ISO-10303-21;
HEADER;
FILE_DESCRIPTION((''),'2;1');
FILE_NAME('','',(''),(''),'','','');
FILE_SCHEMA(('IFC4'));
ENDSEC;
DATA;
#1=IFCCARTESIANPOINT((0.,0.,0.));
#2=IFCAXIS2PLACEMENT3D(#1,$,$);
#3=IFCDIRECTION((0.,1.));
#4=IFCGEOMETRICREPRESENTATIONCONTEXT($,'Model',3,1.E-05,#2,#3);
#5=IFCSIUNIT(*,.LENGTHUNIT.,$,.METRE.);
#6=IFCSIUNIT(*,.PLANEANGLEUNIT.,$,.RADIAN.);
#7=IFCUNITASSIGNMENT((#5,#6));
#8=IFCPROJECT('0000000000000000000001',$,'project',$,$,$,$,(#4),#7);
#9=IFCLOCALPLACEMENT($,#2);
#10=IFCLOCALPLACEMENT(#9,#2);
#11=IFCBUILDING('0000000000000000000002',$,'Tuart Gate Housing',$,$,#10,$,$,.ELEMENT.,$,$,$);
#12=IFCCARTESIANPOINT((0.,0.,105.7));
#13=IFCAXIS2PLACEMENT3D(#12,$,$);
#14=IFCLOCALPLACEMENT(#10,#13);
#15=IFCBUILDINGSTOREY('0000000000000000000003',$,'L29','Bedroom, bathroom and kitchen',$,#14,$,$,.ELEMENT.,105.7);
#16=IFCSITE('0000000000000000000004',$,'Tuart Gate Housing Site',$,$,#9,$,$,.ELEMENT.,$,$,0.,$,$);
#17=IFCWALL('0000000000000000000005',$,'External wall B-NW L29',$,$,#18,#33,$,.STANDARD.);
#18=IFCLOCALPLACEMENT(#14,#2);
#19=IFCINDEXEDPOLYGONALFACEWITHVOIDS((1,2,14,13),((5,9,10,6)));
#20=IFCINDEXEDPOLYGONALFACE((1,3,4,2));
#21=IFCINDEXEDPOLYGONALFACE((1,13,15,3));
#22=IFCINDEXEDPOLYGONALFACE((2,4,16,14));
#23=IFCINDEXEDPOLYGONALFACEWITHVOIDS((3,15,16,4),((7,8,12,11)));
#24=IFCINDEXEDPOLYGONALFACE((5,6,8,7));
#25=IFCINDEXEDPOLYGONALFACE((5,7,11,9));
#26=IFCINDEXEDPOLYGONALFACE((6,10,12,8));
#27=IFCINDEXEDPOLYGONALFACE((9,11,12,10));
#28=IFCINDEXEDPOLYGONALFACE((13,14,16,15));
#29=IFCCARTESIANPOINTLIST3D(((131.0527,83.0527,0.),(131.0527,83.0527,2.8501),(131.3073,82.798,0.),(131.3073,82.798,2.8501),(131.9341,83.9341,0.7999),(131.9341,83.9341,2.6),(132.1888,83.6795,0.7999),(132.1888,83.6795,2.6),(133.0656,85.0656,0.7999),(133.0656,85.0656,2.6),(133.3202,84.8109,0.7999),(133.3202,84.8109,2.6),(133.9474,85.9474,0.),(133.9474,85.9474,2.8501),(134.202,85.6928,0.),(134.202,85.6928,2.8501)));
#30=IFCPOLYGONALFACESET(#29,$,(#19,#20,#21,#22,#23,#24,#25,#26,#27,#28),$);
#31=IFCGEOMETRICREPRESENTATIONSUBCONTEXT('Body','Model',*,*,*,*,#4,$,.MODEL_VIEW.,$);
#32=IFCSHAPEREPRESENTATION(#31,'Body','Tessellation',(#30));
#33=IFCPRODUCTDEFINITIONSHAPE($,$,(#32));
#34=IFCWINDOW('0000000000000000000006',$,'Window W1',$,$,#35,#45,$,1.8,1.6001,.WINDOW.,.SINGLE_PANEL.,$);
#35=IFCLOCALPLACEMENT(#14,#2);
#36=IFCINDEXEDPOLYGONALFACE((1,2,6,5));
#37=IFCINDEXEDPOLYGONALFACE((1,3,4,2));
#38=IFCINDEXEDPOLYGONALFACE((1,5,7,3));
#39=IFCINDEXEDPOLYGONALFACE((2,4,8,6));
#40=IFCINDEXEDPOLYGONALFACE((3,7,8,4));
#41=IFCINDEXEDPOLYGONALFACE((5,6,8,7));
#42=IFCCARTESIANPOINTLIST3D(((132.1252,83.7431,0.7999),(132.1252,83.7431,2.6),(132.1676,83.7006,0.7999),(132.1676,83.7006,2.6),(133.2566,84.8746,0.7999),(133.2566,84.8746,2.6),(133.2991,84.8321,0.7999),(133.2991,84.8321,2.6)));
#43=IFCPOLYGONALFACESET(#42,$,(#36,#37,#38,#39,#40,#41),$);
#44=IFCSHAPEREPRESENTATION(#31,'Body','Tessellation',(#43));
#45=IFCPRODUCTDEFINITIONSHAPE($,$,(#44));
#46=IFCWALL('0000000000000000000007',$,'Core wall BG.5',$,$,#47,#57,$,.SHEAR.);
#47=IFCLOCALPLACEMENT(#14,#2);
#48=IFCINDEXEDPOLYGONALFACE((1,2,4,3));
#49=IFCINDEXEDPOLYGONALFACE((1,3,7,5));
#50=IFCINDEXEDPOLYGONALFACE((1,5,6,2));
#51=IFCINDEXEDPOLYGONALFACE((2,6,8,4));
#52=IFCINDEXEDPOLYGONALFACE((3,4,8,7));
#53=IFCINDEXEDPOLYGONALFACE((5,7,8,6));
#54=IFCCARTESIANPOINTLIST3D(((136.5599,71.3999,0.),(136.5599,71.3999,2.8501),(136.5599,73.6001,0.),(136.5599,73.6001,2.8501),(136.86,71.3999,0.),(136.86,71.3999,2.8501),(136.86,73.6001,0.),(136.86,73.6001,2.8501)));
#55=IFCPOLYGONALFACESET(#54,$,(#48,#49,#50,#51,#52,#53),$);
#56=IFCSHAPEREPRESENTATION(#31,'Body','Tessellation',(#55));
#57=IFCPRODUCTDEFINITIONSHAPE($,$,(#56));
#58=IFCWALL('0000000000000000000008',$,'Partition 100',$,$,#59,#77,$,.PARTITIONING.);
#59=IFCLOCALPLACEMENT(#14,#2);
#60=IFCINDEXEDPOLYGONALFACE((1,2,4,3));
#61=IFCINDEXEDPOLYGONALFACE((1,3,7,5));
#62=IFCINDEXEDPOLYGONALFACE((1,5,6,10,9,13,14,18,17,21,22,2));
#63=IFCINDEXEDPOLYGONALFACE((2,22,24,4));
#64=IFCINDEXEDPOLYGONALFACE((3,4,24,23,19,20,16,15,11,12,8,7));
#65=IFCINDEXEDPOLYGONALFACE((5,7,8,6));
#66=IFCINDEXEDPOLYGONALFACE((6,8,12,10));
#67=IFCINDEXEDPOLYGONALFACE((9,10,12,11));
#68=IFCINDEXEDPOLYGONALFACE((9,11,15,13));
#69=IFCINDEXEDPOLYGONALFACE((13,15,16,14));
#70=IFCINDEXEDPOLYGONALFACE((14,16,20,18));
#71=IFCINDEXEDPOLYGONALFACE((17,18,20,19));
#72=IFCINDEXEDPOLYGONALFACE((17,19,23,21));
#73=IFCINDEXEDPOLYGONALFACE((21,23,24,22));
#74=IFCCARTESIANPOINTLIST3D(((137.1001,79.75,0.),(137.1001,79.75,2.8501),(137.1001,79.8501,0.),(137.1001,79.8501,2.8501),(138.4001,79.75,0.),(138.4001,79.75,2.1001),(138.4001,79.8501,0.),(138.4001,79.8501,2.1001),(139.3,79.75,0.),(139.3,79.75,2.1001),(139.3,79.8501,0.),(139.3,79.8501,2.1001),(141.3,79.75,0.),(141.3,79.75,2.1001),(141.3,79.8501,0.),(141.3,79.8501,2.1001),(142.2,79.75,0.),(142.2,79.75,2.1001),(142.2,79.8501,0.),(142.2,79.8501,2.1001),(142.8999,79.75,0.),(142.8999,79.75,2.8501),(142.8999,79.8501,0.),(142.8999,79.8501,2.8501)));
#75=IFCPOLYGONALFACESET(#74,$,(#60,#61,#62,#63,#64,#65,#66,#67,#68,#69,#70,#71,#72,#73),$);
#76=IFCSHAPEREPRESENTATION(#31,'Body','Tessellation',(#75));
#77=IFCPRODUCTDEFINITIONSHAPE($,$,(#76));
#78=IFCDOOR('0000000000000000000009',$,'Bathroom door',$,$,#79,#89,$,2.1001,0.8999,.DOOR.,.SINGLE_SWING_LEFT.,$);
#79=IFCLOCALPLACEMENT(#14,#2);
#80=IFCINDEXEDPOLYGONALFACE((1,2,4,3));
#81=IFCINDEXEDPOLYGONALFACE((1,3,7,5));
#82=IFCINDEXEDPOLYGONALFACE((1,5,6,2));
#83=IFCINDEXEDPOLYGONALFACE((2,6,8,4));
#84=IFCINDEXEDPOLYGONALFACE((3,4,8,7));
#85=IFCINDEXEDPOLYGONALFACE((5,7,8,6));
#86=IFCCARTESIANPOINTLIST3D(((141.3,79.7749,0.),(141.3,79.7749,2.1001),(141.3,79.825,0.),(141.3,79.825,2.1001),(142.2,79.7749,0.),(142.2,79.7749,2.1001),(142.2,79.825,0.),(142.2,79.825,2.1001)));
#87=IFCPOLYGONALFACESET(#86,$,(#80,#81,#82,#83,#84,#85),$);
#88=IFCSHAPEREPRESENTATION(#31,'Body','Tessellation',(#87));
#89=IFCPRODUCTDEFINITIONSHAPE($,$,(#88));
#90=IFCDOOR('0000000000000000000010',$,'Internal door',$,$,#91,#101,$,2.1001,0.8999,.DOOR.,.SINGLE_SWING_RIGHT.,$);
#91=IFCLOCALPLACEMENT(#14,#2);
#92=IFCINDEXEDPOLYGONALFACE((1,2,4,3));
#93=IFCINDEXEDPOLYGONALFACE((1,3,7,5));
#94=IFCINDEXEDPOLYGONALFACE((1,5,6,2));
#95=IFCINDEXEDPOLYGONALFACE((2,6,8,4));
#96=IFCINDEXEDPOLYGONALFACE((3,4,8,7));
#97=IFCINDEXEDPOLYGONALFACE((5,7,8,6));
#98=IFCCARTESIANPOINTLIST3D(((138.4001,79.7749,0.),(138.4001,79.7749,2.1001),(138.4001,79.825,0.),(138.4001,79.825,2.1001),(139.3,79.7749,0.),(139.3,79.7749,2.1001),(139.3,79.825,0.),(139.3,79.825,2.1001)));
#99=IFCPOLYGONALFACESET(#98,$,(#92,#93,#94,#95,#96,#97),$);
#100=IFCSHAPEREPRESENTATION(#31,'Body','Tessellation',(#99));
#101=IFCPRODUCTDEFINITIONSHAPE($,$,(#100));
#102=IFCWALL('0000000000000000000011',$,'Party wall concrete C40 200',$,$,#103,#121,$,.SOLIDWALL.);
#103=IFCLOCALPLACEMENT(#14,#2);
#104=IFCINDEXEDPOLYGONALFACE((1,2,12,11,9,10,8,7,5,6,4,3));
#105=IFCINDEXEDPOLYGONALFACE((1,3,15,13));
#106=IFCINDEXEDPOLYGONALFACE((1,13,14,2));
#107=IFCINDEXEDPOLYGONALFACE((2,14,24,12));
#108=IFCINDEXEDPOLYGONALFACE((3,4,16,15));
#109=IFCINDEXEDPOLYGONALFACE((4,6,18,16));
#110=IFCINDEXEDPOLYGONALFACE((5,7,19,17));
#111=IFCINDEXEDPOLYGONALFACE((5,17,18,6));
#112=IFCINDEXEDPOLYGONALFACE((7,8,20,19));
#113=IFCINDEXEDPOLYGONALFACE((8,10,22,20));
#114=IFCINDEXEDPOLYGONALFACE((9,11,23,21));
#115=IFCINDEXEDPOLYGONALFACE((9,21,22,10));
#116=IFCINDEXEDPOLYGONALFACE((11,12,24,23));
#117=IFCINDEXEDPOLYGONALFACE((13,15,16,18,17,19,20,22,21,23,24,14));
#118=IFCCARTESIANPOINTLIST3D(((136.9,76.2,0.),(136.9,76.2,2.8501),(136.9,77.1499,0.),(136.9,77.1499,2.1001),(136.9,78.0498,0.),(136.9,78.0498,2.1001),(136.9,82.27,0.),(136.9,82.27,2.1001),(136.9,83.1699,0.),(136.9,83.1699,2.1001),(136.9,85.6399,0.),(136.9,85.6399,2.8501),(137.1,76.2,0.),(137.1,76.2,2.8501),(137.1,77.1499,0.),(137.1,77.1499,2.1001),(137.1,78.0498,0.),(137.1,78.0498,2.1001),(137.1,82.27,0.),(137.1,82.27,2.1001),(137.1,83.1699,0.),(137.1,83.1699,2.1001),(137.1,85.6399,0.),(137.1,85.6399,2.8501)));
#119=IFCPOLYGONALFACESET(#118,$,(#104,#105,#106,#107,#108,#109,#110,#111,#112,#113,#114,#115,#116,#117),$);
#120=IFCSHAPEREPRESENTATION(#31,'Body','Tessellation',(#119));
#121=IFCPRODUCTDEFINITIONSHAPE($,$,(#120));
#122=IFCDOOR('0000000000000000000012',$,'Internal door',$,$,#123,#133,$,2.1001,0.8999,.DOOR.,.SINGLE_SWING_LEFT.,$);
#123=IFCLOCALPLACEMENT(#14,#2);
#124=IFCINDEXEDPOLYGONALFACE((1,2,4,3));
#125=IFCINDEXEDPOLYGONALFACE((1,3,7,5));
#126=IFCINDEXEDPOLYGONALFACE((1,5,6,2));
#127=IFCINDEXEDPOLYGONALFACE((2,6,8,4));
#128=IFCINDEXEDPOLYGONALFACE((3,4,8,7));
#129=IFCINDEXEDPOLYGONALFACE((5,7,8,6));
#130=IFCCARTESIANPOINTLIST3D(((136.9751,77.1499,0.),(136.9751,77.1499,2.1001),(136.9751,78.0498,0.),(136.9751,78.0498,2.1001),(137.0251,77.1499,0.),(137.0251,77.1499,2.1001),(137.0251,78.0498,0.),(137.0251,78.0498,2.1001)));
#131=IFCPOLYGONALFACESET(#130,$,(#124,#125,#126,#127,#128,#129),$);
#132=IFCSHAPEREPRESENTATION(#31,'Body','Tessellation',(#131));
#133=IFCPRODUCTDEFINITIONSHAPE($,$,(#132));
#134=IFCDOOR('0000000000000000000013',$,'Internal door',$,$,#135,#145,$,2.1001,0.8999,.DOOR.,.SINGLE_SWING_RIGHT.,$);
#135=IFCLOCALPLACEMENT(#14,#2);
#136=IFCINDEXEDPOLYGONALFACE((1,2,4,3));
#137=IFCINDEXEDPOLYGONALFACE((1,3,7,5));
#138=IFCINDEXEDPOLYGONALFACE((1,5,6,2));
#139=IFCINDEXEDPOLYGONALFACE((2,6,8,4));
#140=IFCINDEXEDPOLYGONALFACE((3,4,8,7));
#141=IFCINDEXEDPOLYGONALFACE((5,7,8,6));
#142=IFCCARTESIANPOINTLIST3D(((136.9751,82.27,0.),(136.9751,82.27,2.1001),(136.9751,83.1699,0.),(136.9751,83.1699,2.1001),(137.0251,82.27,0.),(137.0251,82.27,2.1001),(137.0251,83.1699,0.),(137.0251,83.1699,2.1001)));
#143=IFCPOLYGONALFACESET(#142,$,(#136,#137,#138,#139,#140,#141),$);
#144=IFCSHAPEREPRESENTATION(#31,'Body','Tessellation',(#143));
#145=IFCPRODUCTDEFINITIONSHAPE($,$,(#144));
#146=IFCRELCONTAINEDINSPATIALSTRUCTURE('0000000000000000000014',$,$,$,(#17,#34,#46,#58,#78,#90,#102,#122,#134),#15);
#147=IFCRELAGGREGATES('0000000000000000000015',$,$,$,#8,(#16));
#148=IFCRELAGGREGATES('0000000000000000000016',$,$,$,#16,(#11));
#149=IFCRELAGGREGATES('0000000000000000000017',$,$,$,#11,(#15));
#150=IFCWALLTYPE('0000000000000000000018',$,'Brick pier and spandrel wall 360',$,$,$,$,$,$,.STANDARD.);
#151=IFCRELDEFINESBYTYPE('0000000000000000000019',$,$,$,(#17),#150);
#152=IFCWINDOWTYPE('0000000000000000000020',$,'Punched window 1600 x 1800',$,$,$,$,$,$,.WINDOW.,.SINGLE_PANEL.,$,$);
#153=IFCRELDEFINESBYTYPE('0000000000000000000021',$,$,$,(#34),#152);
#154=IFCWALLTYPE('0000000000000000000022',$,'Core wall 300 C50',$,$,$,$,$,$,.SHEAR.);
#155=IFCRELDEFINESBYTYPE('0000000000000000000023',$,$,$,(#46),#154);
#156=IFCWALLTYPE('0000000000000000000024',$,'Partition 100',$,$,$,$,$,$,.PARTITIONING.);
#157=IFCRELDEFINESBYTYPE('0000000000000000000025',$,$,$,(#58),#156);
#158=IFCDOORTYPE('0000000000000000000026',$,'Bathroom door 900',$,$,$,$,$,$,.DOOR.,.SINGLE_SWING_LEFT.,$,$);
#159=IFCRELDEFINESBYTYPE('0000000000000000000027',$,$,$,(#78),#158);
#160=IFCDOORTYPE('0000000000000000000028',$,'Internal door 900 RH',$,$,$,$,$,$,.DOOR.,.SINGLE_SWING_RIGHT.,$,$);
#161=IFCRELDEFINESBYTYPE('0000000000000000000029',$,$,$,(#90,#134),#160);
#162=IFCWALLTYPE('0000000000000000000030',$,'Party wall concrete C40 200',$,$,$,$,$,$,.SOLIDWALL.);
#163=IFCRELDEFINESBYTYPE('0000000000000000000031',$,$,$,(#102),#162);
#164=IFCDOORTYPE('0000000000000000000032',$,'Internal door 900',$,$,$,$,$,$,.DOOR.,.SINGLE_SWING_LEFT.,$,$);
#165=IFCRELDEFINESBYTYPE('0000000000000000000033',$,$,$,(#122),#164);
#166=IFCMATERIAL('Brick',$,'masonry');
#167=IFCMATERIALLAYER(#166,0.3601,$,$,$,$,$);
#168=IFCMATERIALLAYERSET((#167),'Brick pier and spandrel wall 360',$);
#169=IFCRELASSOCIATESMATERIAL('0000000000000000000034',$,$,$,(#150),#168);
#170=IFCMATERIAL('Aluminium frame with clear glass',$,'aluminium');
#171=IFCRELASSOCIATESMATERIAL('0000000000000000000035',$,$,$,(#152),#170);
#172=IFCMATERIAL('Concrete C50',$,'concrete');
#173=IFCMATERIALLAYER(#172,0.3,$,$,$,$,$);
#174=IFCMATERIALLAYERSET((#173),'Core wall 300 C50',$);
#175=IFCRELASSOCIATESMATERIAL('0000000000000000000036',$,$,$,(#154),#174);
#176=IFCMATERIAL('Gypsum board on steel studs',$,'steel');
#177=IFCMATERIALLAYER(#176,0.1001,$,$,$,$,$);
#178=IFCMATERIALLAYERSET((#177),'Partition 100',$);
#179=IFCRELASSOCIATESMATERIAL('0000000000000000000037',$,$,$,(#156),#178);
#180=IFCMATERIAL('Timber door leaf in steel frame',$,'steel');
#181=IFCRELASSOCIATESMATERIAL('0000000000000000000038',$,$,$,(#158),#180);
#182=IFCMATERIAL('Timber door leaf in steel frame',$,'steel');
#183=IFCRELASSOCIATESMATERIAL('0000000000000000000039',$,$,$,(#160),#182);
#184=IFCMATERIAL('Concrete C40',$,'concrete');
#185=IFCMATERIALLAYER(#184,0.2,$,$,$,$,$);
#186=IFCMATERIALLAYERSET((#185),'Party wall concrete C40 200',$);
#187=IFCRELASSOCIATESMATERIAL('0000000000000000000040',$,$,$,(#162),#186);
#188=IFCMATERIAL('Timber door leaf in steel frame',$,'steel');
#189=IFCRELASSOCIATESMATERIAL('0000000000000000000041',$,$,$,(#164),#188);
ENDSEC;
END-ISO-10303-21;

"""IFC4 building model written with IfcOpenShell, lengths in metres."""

from ifc_helpers import new_model, si_unit, direction, frame, frame_2d, origin, place, context, subcontext, project, spatial, rectangle, extrude, material, layer, layer_set, type_object, element, fill, save


model = new_model("IFC4")

# Units and contexts
model_context = context("Model", 3, precision=1e-05, world=origin(), true_north=direction((0.0, 1.0)))
body_context = subcontext(model_context, "Body", "Model", "MODEL_VIEW")
ifc_project = project(units=[si_unit("LENGTHUNIT", "METRE"), si_unit("PLANEANGLEUNIT", "RADIAN")], contexts=[model_context])

# Site, building, storey
site_placement = place(None, origin())
site = spatial("IfcSite", under=ifc_project, at=site_placement, Name="Tuart Gate Housing Site", CompositionType="ELEMENT", RefElevation=0.0)
building_placement = place(site_placement, origin())
building = spatial("IfcBuilding", under=site, at=building_placement, Name="Tuart Gate Housing", CompositionType="ELEMENT")
storey_placement = place(building_placement, frame((0.0, 0.0, 105.7)))
storey = spatial("IfcBuildingStorey", under=building, at=storey_placement, Name="L29", Description="Bedroom, bathroom and kitchen", CompositionType="ELEMENT", Elevation=105.7)

# Wall, opening, window
ifc_material_1 = material(Name="Brick", Category="masonry")
ifc_layer_1 = layer(ifc_material_1, 0.3601)
ifc_layer_set_1 = layer_set([ifc_layer_1], Name="Brick pier and spandrel wall 360")
wall_type_1 = type_object("IfcWallType", Name="Brick pier and spandrel wall 360", PredefinedType="STANDARD", material=ifc_layer_set_1)
wall_1_placement = place(storey_placement, frame((134.0747, 85.8201, 0.0), z_axis=(0.0, 0.0, 1.0), x_axis=(-0.707107, -0.707107, 0.0)))
wall_1 = element("IfcWall", 1, at=wall_1_placement, inside=storey, type_object=wall_type_1, Name="External wall B-NW L29", PredefinedType="STANDARD", context=body_context, shape_type="SweptSolid", body=[
    extrude(rectangle(XDim=4.0938, YDim=0.3601, at=frame_2d((2.0469, 0.0))), origin(), (0.0, 0.0, 1.0), 2.8501),
])
opening_1_placement = place(wall_1_placement, frame((1.2471, 0.0, 0.8)))
opening_1 = element("IfcOpeningElement", 2, at=opening_1_placement, cuts=wall_1, PredefinedType="OPENING", context=body_context, shape_type="SweptSolid", body=[
    extrude(rectangle(XDim=1.6001, YDim=1.8, at=frame_2d((0.8, 0.8999))), frame((0.0, 0.1899, 0.0), z_axis=(0.0, -1.0, 0.0), x_axis=(1.0, 0.0, 0.0)), (0.0, 0.0, 1.0), 0.3801),
])
ifc_material_2 = material(Name="Aluminium frame with clear glass", Category="aluminium")
window_type = type_object("IfcWindowType", Name="Punched window 1600 x 1800", PartitioningType="SINGLE_PANEL", PredefinedType="WINDOW", material=ifc_material_2)
window_placement = place(opening_1_placement, origin())
window = element("IfcWindow", 3, at=window_placement, inside=storey, type_object=window_type, Name="Window W1", OverallHeight=1.8, OverallWidth=1.6001, PartitioningType="SINGLE_PANEL", PredefinedType="WINDOW", context=body_context, shape_type="SweptSolid", body=[
    extrude(rectangle(XDim=1.6001, YDim=1.8, at=frame_2d((0.8, 0.8999))), frame((0.0, 0.1501, 0.0), z_axis=(0.0, -1.0, 0.0), x_axis=(1.0, 0.0, 0.0)), (0.0, 0.0, 1.0), 0.0601),
])
fill(opening_1, window)

# Wall
ifc_material_3 = material(Name="Concrete C50", Category="concrete")
ifc_layer_2 = layer(ifc_material_3, 0.3)
ifc_layer_set_2 = layer_set([ifc_layer_2], Name="Core wall 300 C50")
wall_type_2 = type_object("IfcWallType", Name="Core wall 300 C50", PredefinedType="SHEAR", material=ifc_layer_set_2)
wall_2_placement = place(storey_placement, frame((136.71, 71.3999, 0.0), z_axis=(0.0, 0.0, 1.0), x_axis=(0.0, 1.0, 0.0)))
element("IfcWall", 4, at=wall_2_placement, inside=storey, type_object=wall_type_2, Name="Core wall BG.5", PredefinedType="SHEAR", context=body_context, shape_type="SweptSolid", body=[
    extrude(rectangle(XDim=2.2002, YDim=0.3, at=frame_2d((1.1001, 0.0))), origin(), (0.0, 0.0, 1.0), 2.8501),
])

# Walls, openings, doors
ifc_material_4 = material(Name="Gypsum board on steel studs", Category="steel")
ifc_layer_3 = layer(ifc_material_4, 0.1001)
ifc_layer_set_3 = layer_set([ifc_layer_3], Name="Partition 100")
wall_type_3 = type_object("IfcWallType", Name="Partition 100", PredefinedType="PARTITIONING", material=ifc_layer_set_3)
wall_3_placement = place(storey_placement, frame((137.1001, 79.8, 0.0), z_axis=(0.0, 0.0, 1.0), x_axis=(1.0, 0.0, 0.0)))
wall_3 = element("IfcWall", 5, at=wall_3_placement, inside=storey, type_object=wall_type_3, Name="Partition 100", PredefinedType="PARTITIONING", context=body_context, shape_type="SweptSolid", body=[
    extrude(rectangle(XDim=5.7998, YDim=0.1001, at=frame_2d((2.8999, 0.0))), origin(), (0.0, 0.0, 1.0), 2.8501),
])
opening_2_placement = place(wall_3_placement, frame((1.3, 0.0, 0.0)))
opening_2 = element("IfcOpeningElement", 6, at=opening_2_placement, cuts=wall_3, PredefinedType="OPENING", context=body_context, shape_type="SweptSolid", body=[
    extrude(rectangle(XDim=0.8999, YDim=2.1001, at=frame_2d((0.45, 1.05))), frame((0.0, 0.0601, 0.0), z_axis=(0.0, -1.0, 0.0), x_axis=(1.0, 0.0, 0.0)), (0.0, 0.0, 1.0), 0.1201),
])
opening_3_placement = place(wall_3_placement, frame((4.2, 0.0, 0.0)))
opening_3 = element("IfcOpeningElement", 7, at=opening_3_placement, cuts=wall_3, PredefinedType="OPENING", context=body_context, shape_type="SweptSolid", body=[
    extrude(rectangle(XDim=0.8999, YDim=2.1001, at=frame_2d((0.45, 1.05))), frame((0.0, 0.0601, 0.0), z_axis=(0.0, -1.0, 0.0), x_axis=(1.0, 0.0, 0.0)), (0.0, 0.0, 1.0), 0.1201),
])
ifc_material_5 = material(Name="Timber door leaf in steel frame", Category="steel")
door_type_1 = type_object("IfcDoorType", Name="Bathroom door 900", OperationType="SINGLE_SWING_LEFT", PredefinedType="DOOR", material=ifc_material_5)
door_1_placement = place(opening_3_placement, origin())
door_1 = element("IfcDoor", 8, at=door_1_placement, inside=storey, type_object=door_type_1, Name="Bathroom door", OperationType="SINGLE_SWING_LEFT", OverallHeight=2.1001, OverallWidth=0.8999, PredefinedType="DOOR", context=body_context, shape_type="SweptSolid", body=[
    extrude(rectangle(XDim=0.8999, YDim=2.1001, at=frame_2d((0.45, 1.05))), frame((0.0, 0.0249, 0.0), z_axis=(0.0, -1.0, 0.0), x_axis=(1.0, 0.0, 0.0)), (0.0, 0.0, 1.0), 0.05),
])
fill(opening_3, door_1)
ifc_material_6 = material(Name="Timber door leaf in steel frame", Category="steel")
door_type_2 = type_object("IfcDoorType", Name="Internal door 900 RH", OperationType="SINGLE_SWING_RIGHT", PredefinedType="DOOR", material=ifc_material_6)
door_2_placement = place(opening_2_placement, frame((0.8999, 0.0, 0.0), z_axis=(0.0, 0.0, 1.0), x_axis=(-1.0, 0.0, 0.0)))
door_2 = element("IfcDoor", 9, at=door_2_placement, inside=storey, type_object=door_type_2, Name="Internal door", OperationType="SINGLE_SWING_RIGHT", OverallHeight=2.1001, OverallWidth=0.8999, PredefinedType="DOOR", context=body_context, shape_type="SweptSolid", body=[
    extrude(rectangle(XDim=0.8999, YDim=2.1001, at=frame_2d((0.45, 1.05))), frame((0.0, 0.0251, 0.0), z_axis=(0.0, -1.0, 0.0), x_axis=(1.0, 0.0, 0.0)), (0.0, 0.0, 1.0), 0.05),
])
fill(opening_2, door_2)
ifc_material_7 = material(Name="Concrete C40", Category="concrete")
ifc_layer_4 = layer(ifc_material_7, 0.2)
ifc_layer_set_4 = layer_set([ifc_layer_4], Name="Party wall concrete C40 200")
wall_type_4 = type_object("IfcWallType", Name="Party wall concrete C40 200", PredefinedType="SOLIDWALL", material=ifc_layer_set_4)
wall_4_placement = place(storey_placement, frame((137.0, 76.2, 0.0), z_axis=(0.0, 0.0, 1.0), x_axis=(0.0, 1.0, 0.0)))
wall_4 = element("IfcWall", 10, at=wall_4_placement, inside=storey, type_object=wall_type_4, Name="Party wall concrete C40 200", PredefinedType="SOLIDWALL", context=body_context, shape_type="SweptSolid", body=[
    extrude(rectangle(XDim=9.4399, YDim=0.2, at=frame_2d((4.72, 0.0))), origin(), (0.0, 0.0, 1.0), 2.8501),
])
opening_4_placement = place(wall_4_placement, frame((6.0701, 0.0, 0.0)))
opening_4 = element("IfcOpeningElement", 11, at=opening_4_placement, cuts=wall_4, PredefinedType="OPENING", context=body_context, shape_type="SweptSolid", body=[
    extrude(rectangle(XDim=0.8999, YDim=2.1001, at=frame_2d((0.45, 1.05))), frame((0.0, 0.1099, 0.0), z_axis=(0.0, -1.0, 0.0), x_axis=(1.0, 0.0, 0.0)), (0.0, 0.0, 1.0), 0.22),
])
opening_5_placement = place(wall_4_placement, frame((0.95, 0.0, 0.0)))
opening_5 = element("IfcOpeningElement", 12, at=opening_5_placement, cuts=wall_4, PredefinedType="OPENING", context=body_context, shape_type="SweptSolid", body=[
    extrude(rectangle(XDim=0.8999, YDim=2.1001, at=frame_2d((0.45, 1.05))), frame((0.0, 0.1099, 0.0), z_axis=(0.0, -1.0, 0.0), x_axis=(1.0, 0.0, 0.0)), (0.0, 0.0, 1.0), 0.22),
])
ifc_material_8 = material(Name="Timber door leaf in steel frame", Category="steel")
door_type_3 = type_object("IfcDoorType", Name="Internal door 900", OperationType="SINGLE_SWING_LEFT", PredefinedType="DOOR", material=ifc_material_8)
door_3_placement = place(opening_5_placement, origin())
door_3 = element("IfcDoor", 13, at=door_3_placement, inside=storey, type_object=door_type_3, Name="Internal door", OperationType="SINGLE_SWING_LEFT", OverallHeight=2.1001, OverallWidth=0.8999, PredefinedType="DOOR", context=body_context, shape_type="SweptSolid", body=[
    extrude(rectangle(XDim=0.8999, YDim=2.1001, at=frame_2d((0.45, 1.05))), frame((0.0, 0.0249, 0.0), z_axis=(0.0, -1.0, 0.0), x_axis=(1.0, 0.0, 0.0)), (0.0, 0.0, 1.0), 0.05),
])
fill(opening_5, door_3)
door_4_placement = place(opening_4_placement, origin())
door_4 = element("IfcDoor", 14, at=door_4_placement, inside=storey, type_object=door_type_2, Name="Internal door", OperationType="SINGLE_SWING_RIGHT", OverallHeight=2.1001, OverallWidth=0.8999, PredefinedType="DOOR", context=body_context, shape_type="SweptSolid", body=[
    extrude(rectangle(XDim=0.8999, YDim=2.1001, at=frame_2d((0.45, 1.05))), frame((0.0, 0.0249, 0.0), z_axis=(0.0, -1.0, 0.0), x_axis=(1.0, 0.0, 0.0)), (0.0, 0.0, 1.0), 0.05),
])
fill(opening_4, door_4)

save(model, "model.ifc")
